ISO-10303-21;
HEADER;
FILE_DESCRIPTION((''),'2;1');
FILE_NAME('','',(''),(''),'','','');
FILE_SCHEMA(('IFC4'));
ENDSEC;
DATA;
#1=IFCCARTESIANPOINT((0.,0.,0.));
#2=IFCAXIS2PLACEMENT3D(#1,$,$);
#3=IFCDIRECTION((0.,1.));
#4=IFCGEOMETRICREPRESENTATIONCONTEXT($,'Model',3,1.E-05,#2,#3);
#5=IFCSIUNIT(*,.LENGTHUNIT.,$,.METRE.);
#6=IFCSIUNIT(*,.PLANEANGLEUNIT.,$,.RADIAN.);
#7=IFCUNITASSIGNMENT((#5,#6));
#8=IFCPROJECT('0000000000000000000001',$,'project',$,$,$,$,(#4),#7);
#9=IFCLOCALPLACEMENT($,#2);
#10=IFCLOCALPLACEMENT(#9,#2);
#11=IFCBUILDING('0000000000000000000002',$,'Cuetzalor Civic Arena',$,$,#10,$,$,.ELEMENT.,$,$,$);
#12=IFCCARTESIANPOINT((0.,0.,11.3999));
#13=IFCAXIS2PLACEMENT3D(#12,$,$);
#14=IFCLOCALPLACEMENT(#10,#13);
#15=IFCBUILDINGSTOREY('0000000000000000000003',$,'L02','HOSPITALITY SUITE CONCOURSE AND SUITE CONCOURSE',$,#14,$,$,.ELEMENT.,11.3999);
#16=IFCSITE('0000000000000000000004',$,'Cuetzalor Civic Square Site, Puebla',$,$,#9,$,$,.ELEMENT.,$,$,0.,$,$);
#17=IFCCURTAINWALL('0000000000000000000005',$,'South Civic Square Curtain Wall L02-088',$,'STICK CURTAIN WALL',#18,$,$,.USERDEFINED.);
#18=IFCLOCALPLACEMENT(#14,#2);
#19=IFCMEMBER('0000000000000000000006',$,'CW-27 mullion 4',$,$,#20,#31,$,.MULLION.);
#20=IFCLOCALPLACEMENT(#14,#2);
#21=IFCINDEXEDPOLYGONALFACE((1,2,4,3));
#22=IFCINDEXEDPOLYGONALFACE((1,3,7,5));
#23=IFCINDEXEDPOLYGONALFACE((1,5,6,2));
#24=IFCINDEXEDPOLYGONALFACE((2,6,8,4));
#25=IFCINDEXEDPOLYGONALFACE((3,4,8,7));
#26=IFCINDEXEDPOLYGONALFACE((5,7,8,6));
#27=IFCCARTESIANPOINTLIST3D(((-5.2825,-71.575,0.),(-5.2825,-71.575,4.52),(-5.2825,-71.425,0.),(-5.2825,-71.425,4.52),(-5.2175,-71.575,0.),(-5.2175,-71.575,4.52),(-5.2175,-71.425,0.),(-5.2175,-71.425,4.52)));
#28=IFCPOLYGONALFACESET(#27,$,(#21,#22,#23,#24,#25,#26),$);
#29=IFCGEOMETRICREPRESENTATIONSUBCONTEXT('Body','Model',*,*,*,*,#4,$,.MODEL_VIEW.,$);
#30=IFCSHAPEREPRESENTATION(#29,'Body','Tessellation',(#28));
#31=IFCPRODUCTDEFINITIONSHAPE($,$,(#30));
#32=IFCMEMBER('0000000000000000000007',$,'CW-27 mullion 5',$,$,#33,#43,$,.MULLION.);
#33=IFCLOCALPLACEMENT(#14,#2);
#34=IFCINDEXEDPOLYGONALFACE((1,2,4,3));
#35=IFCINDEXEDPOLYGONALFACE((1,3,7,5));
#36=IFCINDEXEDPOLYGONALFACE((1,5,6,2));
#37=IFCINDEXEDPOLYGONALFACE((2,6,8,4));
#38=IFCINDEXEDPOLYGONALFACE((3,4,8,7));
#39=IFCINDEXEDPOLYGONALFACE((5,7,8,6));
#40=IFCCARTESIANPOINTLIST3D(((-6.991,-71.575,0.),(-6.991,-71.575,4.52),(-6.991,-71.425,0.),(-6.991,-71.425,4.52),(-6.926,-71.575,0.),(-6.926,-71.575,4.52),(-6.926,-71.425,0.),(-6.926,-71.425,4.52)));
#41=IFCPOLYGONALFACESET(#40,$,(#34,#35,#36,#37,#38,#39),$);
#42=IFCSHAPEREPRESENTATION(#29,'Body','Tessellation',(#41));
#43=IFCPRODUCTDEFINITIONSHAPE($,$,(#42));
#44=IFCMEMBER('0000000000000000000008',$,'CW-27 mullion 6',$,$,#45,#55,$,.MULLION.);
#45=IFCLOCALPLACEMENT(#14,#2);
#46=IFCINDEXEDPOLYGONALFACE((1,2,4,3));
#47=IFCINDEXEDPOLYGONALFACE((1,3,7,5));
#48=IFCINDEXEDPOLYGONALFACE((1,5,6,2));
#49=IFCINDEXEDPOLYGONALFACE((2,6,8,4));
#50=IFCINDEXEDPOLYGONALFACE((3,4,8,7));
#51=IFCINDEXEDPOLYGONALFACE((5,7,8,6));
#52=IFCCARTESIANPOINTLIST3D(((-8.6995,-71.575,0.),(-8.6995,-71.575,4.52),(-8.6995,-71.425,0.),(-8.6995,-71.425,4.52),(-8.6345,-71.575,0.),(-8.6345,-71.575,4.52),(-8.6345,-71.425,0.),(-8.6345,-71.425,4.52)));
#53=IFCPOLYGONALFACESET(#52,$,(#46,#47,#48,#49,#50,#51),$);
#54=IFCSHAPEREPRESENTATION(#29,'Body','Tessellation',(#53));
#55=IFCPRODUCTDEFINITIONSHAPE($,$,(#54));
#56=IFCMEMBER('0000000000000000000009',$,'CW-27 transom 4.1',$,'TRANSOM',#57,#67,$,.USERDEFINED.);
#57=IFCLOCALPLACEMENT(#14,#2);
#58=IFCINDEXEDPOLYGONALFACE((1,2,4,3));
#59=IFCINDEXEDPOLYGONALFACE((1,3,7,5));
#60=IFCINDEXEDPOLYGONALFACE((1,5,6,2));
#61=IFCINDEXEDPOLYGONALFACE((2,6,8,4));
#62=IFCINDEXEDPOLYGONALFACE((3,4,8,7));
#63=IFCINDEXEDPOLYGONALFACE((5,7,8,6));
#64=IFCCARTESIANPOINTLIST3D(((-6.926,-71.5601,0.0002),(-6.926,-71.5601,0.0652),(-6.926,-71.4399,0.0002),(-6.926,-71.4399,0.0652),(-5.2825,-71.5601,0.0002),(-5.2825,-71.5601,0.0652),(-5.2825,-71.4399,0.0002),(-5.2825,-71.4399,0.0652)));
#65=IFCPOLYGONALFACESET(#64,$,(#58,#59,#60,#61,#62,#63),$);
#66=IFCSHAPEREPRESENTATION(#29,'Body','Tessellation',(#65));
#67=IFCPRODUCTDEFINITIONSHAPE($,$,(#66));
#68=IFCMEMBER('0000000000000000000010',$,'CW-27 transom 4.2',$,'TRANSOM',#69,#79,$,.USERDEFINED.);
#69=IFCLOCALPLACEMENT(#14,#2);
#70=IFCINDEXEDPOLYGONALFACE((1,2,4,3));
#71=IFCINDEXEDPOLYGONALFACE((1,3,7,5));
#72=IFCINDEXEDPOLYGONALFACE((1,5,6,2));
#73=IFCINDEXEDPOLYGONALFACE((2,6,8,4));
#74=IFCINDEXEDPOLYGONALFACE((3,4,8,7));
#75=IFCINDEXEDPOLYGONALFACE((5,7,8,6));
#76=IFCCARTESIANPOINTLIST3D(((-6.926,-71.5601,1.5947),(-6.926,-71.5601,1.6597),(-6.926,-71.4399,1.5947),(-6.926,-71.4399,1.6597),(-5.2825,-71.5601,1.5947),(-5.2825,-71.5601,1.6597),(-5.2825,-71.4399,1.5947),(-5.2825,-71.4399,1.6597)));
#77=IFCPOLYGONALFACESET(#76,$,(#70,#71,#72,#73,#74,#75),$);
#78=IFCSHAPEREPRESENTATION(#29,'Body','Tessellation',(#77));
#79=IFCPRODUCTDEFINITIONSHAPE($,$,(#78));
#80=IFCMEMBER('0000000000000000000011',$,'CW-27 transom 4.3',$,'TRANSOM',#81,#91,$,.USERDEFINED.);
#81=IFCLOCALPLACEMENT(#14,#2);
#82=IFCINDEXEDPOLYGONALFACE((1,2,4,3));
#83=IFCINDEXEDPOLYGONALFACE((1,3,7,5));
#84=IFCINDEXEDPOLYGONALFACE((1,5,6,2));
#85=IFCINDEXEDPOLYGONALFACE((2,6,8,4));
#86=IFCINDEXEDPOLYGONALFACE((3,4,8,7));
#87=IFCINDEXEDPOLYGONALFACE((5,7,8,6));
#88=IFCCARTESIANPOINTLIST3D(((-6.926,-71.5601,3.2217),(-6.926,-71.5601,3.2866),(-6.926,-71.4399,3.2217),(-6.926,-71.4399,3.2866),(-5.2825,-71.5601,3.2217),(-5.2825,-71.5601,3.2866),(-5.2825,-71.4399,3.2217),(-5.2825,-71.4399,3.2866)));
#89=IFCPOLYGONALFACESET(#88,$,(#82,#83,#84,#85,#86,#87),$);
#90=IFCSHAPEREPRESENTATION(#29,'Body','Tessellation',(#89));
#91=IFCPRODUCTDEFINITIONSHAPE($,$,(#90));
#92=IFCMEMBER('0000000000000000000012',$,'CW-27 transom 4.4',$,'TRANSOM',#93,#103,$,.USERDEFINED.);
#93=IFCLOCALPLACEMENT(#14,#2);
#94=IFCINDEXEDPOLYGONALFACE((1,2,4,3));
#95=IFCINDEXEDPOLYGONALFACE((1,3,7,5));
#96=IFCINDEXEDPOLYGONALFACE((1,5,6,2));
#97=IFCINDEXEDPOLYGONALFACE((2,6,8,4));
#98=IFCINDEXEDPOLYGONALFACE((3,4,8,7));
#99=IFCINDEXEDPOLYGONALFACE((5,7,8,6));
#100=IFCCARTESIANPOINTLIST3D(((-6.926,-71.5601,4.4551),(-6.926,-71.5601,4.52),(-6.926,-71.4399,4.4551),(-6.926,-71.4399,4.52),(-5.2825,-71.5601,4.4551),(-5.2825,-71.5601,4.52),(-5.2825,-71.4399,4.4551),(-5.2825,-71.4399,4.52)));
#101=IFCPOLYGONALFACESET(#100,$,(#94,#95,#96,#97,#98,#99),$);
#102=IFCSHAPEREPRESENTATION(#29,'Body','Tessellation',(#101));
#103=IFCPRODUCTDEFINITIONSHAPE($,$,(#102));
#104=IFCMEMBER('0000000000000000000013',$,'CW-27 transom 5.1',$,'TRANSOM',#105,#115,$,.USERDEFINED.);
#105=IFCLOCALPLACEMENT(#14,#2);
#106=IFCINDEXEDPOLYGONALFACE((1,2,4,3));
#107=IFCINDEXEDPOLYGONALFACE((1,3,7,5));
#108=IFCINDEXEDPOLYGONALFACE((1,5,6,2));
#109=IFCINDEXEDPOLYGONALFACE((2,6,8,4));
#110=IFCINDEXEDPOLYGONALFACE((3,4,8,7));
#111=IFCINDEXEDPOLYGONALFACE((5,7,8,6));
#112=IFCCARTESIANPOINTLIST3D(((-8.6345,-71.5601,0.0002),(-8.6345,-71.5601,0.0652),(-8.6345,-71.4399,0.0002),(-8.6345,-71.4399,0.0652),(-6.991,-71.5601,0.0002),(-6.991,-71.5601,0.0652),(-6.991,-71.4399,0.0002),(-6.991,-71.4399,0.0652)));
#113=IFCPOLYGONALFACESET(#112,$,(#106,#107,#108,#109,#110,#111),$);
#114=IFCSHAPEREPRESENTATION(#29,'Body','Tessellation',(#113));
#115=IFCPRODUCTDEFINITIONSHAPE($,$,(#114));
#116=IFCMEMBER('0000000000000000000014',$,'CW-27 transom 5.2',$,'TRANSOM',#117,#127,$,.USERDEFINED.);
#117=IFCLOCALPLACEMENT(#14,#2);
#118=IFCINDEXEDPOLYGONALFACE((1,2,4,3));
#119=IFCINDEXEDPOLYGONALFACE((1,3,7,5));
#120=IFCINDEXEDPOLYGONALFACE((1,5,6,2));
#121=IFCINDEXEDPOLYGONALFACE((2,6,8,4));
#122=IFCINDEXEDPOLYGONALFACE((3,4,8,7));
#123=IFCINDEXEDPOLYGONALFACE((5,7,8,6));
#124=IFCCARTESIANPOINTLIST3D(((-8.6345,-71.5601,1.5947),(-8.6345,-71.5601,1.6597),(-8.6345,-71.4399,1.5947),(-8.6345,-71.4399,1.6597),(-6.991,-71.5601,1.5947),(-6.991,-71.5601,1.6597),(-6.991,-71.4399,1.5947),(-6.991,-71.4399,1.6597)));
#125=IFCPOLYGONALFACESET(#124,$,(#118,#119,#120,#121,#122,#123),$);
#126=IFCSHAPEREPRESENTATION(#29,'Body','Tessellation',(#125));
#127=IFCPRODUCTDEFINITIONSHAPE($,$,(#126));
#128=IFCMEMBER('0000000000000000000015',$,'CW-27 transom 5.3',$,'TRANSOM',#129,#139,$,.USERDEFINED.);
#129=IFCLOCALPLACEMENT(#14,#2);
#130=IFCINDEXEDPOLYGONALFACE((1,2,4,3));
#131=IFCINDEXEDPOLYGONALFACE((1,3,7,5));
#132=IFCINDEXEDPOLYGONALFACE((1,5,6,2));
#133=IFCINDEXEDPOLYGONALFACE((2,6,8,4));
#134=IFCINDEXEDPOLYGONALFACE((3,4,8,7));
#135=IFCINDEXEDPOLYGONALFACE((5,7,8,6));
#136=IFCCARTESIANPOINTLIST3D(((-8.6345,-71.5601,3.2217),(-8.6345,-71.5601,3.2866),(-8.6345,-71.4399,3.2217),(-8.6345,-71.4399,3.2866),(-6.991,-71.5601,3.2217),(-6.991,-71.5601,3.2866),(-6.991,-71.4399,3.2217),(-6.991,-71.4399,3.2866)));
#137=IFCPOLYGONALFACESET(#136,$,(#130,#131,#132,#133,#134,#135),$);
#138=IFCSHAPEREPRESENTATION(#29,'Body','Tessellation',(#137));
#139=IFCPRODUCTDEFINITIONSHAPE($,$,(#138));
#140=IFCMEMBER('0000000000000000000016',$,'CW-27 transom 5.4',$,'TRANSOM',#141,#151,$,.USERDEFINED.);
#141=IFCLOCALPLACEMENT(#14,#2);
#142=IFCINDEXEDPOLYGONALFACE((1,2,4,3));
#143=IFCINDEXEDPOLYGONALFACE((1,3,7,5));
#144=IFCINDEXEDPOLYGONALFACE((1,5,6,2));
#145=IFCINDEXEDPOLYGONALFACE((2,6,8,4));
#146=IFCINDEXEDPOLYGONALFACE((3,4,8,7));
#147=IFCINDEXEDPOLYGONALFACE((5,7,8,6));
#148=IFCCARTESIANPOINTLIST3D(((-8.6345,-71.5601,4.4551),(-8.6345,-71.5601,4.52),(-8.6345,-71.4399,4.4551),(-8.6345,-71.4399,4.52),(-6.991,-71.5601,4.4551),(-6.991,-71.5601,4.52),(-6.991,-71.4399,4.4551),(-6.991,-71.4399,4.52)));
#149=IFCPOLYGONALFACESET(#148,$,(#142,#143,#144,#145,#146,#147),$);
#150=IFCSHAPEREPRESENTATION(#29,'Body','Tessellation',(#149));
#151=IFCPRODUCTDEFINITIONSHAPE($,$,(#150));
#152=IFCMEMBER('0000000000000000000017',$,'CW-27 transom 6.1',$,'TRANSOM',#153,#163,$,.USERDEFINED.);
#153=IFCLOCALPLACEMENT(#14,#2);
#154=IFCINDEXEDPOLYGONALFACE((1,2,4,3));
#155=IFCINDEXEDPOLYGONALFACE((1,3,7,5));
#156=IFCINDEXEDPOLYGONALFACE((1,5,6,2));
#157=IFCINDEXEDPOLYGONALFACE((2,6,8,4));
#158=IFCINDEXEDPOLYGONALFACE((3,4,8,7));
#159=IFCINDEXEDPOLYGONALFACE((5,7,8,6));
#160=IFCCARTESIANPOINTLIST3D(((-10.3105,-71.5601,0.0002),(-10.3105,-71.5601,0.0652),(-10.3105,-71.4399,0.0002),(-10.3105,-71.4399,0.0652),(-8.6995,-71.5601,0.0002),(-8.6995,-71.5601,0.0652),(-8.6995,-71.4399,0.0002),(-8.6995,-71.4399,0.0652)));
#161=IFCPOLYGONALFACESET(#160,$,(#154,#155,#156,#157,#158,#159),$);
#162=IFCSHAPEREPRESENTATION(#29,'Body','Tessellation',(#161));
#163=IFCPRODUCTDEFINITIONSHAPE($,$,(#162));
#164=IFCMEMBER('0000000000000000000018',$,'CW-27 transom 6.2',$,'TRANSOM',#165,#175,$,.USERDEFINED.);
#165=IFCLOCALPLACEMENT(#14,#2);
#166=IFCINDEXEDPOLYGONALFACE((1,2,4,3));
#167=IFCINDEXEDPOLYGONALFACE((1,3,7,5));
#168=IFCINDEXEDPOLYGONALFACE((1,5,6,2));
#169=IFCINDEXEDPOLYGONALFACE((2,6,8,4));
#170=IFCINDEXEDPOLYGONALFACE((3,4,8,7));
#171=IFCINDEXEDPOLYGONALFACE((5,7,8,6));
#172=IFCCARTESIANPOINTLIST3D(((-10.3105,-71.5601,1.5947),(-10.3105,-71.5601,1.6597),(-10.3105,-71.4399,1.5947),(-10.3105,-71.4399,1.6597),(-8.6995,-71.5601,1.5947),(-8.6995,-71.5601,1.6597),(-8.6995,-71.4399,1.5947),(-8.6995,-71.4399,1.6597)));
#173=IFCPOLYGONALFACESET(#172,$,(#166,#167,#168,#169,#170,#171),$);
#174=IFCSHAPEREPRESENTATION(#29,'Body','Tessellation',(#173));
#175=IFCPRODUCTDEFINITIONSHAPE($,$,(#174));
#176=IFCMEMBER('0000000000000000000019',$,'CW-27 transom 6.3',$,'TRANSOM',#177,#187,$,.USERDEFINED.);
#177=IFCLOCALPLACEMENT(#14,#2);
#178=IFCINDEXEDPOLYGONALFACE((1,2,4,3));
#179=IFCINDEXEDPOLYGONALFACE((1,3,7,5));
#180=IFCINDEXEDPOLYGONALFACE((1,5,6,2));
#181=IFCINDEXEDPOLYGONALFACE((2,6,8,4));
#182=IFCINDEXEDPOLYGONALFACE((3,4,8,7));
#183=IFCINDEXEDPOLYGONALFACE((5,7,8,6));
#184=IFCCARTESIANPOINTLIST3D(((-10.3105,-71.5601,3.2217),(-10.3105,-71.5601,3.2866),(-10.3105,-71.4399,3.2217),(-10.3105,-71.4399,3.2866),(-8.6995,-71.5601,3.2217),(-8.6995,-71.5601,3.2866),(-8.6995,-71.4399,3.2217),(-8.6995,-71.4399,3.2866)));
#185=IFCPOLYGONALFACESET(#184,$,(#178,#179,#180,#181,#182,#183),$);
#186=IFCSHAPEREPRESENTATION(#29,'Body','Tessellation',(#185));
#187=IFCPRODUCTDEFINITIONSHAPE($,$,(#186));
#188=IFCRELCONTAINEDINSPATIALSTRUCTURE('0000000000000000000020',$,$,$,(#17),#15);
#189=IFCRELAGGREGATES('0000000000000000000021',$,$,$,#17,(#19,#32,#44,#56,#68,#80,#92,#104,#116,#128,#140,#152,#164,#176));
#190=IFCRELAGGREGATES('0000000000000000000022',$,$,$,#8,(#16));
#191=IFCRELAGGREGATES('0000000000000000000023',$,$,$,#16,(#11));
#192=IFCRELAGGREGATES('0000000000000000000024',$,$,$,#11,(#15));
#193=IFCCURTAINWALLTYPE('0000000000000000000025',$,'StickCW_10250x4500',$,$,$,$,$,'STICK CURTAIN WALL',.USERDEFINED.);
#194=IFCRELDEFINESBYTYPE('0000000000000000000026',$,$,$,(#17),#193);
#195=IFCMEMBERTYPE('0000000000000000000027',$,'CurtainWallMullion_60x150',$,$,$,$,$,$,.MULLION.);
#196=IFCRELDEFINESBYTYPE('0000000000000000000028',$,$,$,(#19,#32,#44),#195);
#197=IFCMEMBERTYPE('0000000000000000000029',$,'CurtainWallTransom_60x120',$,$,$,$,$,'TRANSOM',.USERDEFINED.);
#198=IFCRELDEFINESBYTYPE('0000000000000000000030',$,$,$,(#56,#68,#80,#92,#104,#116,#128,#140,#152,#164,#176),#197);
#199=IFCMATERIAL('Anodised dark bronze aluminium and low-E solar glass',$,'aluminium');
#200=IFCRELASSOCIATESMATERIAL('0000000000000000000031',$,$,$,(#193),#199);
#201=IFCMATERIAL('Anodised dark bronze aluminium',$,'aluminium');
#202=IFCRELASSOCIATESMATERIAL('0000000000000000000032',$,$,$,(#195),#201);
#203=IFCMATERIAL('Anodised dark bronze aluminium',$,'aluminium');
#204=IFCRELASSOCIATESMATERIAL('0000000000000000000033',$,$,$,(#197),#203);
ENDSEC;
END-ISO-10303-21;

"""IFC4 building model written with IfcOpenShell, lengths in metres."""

from ifc_helpers import new_model, si_unit, direction, frame, origin, origin_2d, place, context, subcontext, project, spatial, rectangle, extrude, material, material_profile, profile_set, type_object, element, aggregate, save


model = new_model("IFC4")

# Units and contexts
model_context = context("Model", 3, precision=1e-05, world=origin(), true_north=direction((0.0, 1.0)))
body_context = subcontext(model_context, "Body", "Model", "MODEL_VIEW")
ifc_project = project(units=[si_unit("LENGTHUNIT", "METRE"), si_unit("PLANEANGLEUNIT", "RADIAN")], contexts=[model_context])

# Site, building, storey
site_placement = place(None, origin())
site = spatial("IfcSite", under=ifc_project, at=site_placement, Name="Cuetzalor Civic Square Site, Puebla", CompositionType="ELEMENT", RefElevation=0.0)
building_placement = place(site_placement, origin())
building = spatial("IfcBuilding", under=site, at=building_placement, Name="Cuetzalor Civic Arena", CompositionType="ELEMENT")
storey_placement = place(building_placement, frame((0.0, 0.0, 11.3999)))
storey = spatial("IfcBuildingStorey", under=building, at=storey_placement, Name="L02", Description="HOSPITALITY SUITE CONCOURSE AND SUITE CONCOURSE", CompositionType="ELEMENT", Elevation=11.3999)

# Curtain wall, members
ifc_material_1 = material(Name="Anodised dark bronze aluminium and low-E solar glass", Category="aluminium")
curtain_wall_type = type_object("IfcCurtainWallType", Name="StickCW_10250x4500", ElementType="STICK CURTAIN WALL", PredefinedType="USERDEFINED", material=ifc_material_1)
curtain_wall_placement = place(storey_placement, origin())
curtain_wall = element("IfcCurtainWall", 1, at=curtain_wall_placement, inside=storey, type_object=curtain_wall_type, Name="South Civic Square Curtain Wall L02-088", ObjectType="STICK CURTAIN WALL", PredefinedType="USERDEFINED")
ifc_material_2 = material(Name="Anodised dark bronze aluminium", Category="aluminium")
ifc_material_profile_1 = material_profile(ifc_material_2, rectangle(XDim=0.0649, YDim=0.1499, at=origin_2d()), Name="ALU MULLION 65x150")
ifc_profile_set_1 = profile_set([ifc_material_profile_1], Name="Anodised dark bronze aluminium")
member_type_1 = type_object("IfcMemberType", Name="CurtainWallMullion_60x150", PredefinedType="MULLION", material=ifc_profile_set_1)
member_1_placement = place(storey_placement, frame((-5.25, -71.5, 0.0), z_axis=(0.0, 0.0, 1.0), x_axis=(-1.0, 0.0, 0.0)))
member_1 = element("IfcMember", 2, at=member_1_placement, type_object=member_type_1, Name="CW-27 mullion 4", PredefinedType="MULLION", context=body_context, shape_type="SweptSolid", body=[
    extrude(rectangle(XDim=0.0649, YDim=0.1499, at=origin_2d()), origin(), (0.0, 0.0, 1.0), 4.52),
])
member_2_placement = place(storey_placement, frame((-6.9585, -71.5, 0.0), z_axis=(0.0, 0.0, 1.0), x_axis=(-1.0, 0.0, 0.0)))
member_2 = element("IfcMember", 3, at=member_2_placement, type_object=member_type_1, Name="CW-27 mullion 5", PredefinedType="MULLION", context=body_context, shape_type="SweptSolid", body=[
    extrude(rectangle(XDim=0.0649, YDim=0.1499, at=origin_2d()), origin(), (0.0, 0.0, 1.0), 4.52),
])
member_3_placement = place(storey_placement, frame((-8.667, -71.5, 0.0), z_axis=(0.0, 0.0, 1.0), x_axis=(-1.0, 0.0, 0.0)))
member_3 = element("IfcMember", 4, at=member_3_placement, type_object=member_type_1, Name="CW-27 mullion 6", PredefinedType="MULLION", context=body_context, shape_type="SweptSolid", body=[
    extrude(rectangle(XDim=0.0649, YDim=0.1499, at=origin_2d()), origin(), (0.0, 0.0, 1.0), 4.52),
])
ifc_material_3 = material(Name="Anodised dark bronze aluminium", Category="aluminium")
ifc_material_profile_2 = material_profile(ifc_material_3, rectangle(XDim=0.1201, YDim=0.0649, at=origin_2d()), Name="ALU TRANSOM 65x120")
ifc_profile_set_2 = profile_set([ifc_material_profile_2], Name="Anodised dark bronze aluminium")
member_type_2 = type_object("IfcMemberType", Name="CurtainWallTransom_60x120", ElementType="TRANSOM", PredefinedType="USERDEFINED", material=ifc_profile_set_2)
member_4_placement = place(storey_placement, frame((-5.2825, -71.5, 0.0327), z_axis=(-1.0, 0.0, 0.0), x_axis=(0.0, -1.0, 0.0)))
member_4 = element("IfcMember", 5, at=member_4_placement, type_object=member_type_2, Name="CW-27 transom 4.1", ObjectType="TRANSOM", PredefinedType="USERDEFINED", context=body_context, shape_type="SweptSolid", body=[
    extrude(rectangle(XDim=0.1201, YDim=0.0649, at=origin_2d()), origin(), (0.0, 0.0, 1.0), 1.6436),
])
member_5_placement = place(storey_placement, frame((-5.2825, -71.5, 1.6272), z_axis=(-1.0, 0.0, 0.0), x_axis=(0.0, -1.0, 0.0)))
member_5 = element("IfcMember", 6, at=member_5_placement, type_object=member_type_2, Name="CW-27 transom 4.2", ObjectType="TRANSOM", PredefinedType="USERDEFINED", context=body_context, shape_type="SweptSolid", body=[
    extrude(rectangle(XDim=0.1201, YDim=0.0649, at=origin_2d()), origin(), (0.0, 0.0, 1.0), 1.6436),
])
member_6_placement = place(storey_placement, frame((-5.2825, -71.5, 3.2542), z_axis=(-1.0, 0.0, 0.0), x_axis=(0.0, -1.0, 0.0)))
member_6 = element("IfcMember", 7, at=member_6_placement, type_object=member_type_2, Name="CW-27 transom 4.3", ObjectType="TRANSOM", PredefinedType="USERDEFINED", context=body_context, shape_type="SweptSolid", body=[
    extrude(rectangle(XDim=0.1201, YDim=0.0649, at=origin_2d()), origin(), (0.0, 0.0, 1.0), 1.6436),
])
member_7_placement = place(storey_placement, frame((-5.2825, -71.5, 4.4875), z_axis=(-1.0, 0.0, 0.0), x_axis=(0.0, -1.0, 0.0)))
member_7 = element("IfcMember", 8, at=member_7_placement, type_object=member_type_2, Name="CW-27 transom 4.4", ObjectType="TRANSOM", PredefinedType="USERDEFINED", context=body_context, shape_type="SweptSolid", body=[
    extrude(rectangle(XDim=0.1201, YDim=0.0649, at=origin_2d()), origin(), (0.0, 0.0, 1.0), 1.6436),
])
member_8_placement = place(storey_placement, frame((-6.991, -71.5, 0.0327), z_axis=(-1.0, 0.0, 0.0), x_axis=(0.0, -1.0, 0.0)))
member_8 = element("IfcMember", 9, at=member_8_placement, type_object=member_type_2, Name="CW-27 transom 5.1", ObjectType="TRANSOM", PredefinedType="USERDEFINED", context=body_context, shape_type="SweptSolid", body=[
    extrude(rectangle(XDim=0.1201, YDim=0.0649, at=origin_2d()), origin(), (0.0, 0.0, 1.0), 1.6436),
])
member_9_placement = place(storey_placement, frame((-6.991, -71.5, 1.6272), z_axis=(-1.0, 0.0, 0.0), x_axis=(0.0, -1.0, 0.0)))
member_9 = element("IfcMember", 10, at=member_9_placement, type_object=member_type_2, Name="CW-27 transom 5.2", ObjectType="TRANSOM", PredefinedType="USERDEFINED", context=body_context, shape_type="SweptSolid", body=[
    extrude(rectangle(XDim=0.1201, YDim=0.0649, at=origin_2d()), origin(), (0.0, 0.0, 1.0), 1.6436),
])
member_10_placement = place(storey_placement, frame((-6.991, -71.5, 3.2542), z_axis=(-1.0, 0.0, 0.0), x_axis=(0.0, -1.0, 0.0)))
member_10 = element("IfcMember", 11, at=member_10_placement, type_object=member_type_2, Name="CW-27 transom 5.3", ObjectType="TRANSOM", PredefinedType="USERDEFINED", context=body_context, shape_type="SweptSolid", body=[
    extrude(rectangle(XDim=0.1201, YDim=0.0649, at=origin_2d()), origin(), (0.0, 0.0, 1.0), 1.6436),
])
member_11_placement = place(storey_placement, frame((-6.991, -71.5, 4.4875), z_axis=(-1.0, 0.0, 0.0), x_axis=(0.0, -1.0, 0.0)))
member_11 = element("IfcMember", 12, at=member_11_placement, type_object=member_type_2, Name="CW-27 transom 5.4", ObjectType="TRANSOM", PredefinedType="USERDEFINED", context=body_context, shape_type="SweptSolid", body=[
    extrude(rectangle(XDim=0.1201, YDim=0.0649, at=origin_2d()), origin(), (0.0, 0.0, 1.0), 1.6436),
])
member_12_placement = place(storey_placement, frame((-8.6995, -71.5, 0.0327), z_axis=(-1.0, 0.0, 0.0), x_axis=(0.0, -1.0, 0.0)))
member_12 = element("IfcMember", 13, at=member_12_placement, type_object=member_type_2, Name="CW-27 transom 6.1", ObjectType="TRANSOM", PredefinedType="USERDEFINED", context=body_context, shape_type="SweptSolid", body=[
    extrude(rectangle(XDim=0.1201, YDim=0.0649, at=origin_2d()), origin(), (0.0, 0.0, 1.0), 1.6111),
])
member_13_placement = place(storey_placement, frame((-8.6995, -71.5, 1.6272), z_axis=(-1.0, 0.0, 0.0), x_axis=(0.0, -1.0, 0.0)))
member_13 = element("IfcMember", 14, at=member_13_placement, type_object=member_type_2, Name="CW-27 transom 6.2", ObjectType="TRANSOM", PredefinedType="USERDEFINED", context=body_context, shape_type="SweptSolid", body=[
    extrude(rectangle(XDim=0.1201, YDim=0.0649, at=origin_2d()), origin(), (0.0, 0.0, 1.0), 1.6111),
])
member_14_placement = place(storey_placement, frame((-8.6995, -71.5, 3.2542), z_axis=(-1.0, 0.0, 0.0), x_axis=(0.0, -1.0, 0.0)))
member_14 = element("IfcMember", 15, at=member_14_placement, type_object=member_type_2, Name="CW-27 transom 6.3", ObjectType="TRANSOM", PredefinedType="USERDEFINED", context=body_context, shape_type="SweptSolid", body=[
    extrude(rectangle(XDim=0.1201, YDim=0.0649, at=origin_2d()), origin(), (0.0, 0.0, 1.0), 1.6111),
])
aggregate(curtain_wall, [member_1, member_2, member_3, member_4, member_5, member_6, member_7, member_8, member_9, member_10, member_11, member_12, member_13, member_14])

save(model, "model.ifc")
